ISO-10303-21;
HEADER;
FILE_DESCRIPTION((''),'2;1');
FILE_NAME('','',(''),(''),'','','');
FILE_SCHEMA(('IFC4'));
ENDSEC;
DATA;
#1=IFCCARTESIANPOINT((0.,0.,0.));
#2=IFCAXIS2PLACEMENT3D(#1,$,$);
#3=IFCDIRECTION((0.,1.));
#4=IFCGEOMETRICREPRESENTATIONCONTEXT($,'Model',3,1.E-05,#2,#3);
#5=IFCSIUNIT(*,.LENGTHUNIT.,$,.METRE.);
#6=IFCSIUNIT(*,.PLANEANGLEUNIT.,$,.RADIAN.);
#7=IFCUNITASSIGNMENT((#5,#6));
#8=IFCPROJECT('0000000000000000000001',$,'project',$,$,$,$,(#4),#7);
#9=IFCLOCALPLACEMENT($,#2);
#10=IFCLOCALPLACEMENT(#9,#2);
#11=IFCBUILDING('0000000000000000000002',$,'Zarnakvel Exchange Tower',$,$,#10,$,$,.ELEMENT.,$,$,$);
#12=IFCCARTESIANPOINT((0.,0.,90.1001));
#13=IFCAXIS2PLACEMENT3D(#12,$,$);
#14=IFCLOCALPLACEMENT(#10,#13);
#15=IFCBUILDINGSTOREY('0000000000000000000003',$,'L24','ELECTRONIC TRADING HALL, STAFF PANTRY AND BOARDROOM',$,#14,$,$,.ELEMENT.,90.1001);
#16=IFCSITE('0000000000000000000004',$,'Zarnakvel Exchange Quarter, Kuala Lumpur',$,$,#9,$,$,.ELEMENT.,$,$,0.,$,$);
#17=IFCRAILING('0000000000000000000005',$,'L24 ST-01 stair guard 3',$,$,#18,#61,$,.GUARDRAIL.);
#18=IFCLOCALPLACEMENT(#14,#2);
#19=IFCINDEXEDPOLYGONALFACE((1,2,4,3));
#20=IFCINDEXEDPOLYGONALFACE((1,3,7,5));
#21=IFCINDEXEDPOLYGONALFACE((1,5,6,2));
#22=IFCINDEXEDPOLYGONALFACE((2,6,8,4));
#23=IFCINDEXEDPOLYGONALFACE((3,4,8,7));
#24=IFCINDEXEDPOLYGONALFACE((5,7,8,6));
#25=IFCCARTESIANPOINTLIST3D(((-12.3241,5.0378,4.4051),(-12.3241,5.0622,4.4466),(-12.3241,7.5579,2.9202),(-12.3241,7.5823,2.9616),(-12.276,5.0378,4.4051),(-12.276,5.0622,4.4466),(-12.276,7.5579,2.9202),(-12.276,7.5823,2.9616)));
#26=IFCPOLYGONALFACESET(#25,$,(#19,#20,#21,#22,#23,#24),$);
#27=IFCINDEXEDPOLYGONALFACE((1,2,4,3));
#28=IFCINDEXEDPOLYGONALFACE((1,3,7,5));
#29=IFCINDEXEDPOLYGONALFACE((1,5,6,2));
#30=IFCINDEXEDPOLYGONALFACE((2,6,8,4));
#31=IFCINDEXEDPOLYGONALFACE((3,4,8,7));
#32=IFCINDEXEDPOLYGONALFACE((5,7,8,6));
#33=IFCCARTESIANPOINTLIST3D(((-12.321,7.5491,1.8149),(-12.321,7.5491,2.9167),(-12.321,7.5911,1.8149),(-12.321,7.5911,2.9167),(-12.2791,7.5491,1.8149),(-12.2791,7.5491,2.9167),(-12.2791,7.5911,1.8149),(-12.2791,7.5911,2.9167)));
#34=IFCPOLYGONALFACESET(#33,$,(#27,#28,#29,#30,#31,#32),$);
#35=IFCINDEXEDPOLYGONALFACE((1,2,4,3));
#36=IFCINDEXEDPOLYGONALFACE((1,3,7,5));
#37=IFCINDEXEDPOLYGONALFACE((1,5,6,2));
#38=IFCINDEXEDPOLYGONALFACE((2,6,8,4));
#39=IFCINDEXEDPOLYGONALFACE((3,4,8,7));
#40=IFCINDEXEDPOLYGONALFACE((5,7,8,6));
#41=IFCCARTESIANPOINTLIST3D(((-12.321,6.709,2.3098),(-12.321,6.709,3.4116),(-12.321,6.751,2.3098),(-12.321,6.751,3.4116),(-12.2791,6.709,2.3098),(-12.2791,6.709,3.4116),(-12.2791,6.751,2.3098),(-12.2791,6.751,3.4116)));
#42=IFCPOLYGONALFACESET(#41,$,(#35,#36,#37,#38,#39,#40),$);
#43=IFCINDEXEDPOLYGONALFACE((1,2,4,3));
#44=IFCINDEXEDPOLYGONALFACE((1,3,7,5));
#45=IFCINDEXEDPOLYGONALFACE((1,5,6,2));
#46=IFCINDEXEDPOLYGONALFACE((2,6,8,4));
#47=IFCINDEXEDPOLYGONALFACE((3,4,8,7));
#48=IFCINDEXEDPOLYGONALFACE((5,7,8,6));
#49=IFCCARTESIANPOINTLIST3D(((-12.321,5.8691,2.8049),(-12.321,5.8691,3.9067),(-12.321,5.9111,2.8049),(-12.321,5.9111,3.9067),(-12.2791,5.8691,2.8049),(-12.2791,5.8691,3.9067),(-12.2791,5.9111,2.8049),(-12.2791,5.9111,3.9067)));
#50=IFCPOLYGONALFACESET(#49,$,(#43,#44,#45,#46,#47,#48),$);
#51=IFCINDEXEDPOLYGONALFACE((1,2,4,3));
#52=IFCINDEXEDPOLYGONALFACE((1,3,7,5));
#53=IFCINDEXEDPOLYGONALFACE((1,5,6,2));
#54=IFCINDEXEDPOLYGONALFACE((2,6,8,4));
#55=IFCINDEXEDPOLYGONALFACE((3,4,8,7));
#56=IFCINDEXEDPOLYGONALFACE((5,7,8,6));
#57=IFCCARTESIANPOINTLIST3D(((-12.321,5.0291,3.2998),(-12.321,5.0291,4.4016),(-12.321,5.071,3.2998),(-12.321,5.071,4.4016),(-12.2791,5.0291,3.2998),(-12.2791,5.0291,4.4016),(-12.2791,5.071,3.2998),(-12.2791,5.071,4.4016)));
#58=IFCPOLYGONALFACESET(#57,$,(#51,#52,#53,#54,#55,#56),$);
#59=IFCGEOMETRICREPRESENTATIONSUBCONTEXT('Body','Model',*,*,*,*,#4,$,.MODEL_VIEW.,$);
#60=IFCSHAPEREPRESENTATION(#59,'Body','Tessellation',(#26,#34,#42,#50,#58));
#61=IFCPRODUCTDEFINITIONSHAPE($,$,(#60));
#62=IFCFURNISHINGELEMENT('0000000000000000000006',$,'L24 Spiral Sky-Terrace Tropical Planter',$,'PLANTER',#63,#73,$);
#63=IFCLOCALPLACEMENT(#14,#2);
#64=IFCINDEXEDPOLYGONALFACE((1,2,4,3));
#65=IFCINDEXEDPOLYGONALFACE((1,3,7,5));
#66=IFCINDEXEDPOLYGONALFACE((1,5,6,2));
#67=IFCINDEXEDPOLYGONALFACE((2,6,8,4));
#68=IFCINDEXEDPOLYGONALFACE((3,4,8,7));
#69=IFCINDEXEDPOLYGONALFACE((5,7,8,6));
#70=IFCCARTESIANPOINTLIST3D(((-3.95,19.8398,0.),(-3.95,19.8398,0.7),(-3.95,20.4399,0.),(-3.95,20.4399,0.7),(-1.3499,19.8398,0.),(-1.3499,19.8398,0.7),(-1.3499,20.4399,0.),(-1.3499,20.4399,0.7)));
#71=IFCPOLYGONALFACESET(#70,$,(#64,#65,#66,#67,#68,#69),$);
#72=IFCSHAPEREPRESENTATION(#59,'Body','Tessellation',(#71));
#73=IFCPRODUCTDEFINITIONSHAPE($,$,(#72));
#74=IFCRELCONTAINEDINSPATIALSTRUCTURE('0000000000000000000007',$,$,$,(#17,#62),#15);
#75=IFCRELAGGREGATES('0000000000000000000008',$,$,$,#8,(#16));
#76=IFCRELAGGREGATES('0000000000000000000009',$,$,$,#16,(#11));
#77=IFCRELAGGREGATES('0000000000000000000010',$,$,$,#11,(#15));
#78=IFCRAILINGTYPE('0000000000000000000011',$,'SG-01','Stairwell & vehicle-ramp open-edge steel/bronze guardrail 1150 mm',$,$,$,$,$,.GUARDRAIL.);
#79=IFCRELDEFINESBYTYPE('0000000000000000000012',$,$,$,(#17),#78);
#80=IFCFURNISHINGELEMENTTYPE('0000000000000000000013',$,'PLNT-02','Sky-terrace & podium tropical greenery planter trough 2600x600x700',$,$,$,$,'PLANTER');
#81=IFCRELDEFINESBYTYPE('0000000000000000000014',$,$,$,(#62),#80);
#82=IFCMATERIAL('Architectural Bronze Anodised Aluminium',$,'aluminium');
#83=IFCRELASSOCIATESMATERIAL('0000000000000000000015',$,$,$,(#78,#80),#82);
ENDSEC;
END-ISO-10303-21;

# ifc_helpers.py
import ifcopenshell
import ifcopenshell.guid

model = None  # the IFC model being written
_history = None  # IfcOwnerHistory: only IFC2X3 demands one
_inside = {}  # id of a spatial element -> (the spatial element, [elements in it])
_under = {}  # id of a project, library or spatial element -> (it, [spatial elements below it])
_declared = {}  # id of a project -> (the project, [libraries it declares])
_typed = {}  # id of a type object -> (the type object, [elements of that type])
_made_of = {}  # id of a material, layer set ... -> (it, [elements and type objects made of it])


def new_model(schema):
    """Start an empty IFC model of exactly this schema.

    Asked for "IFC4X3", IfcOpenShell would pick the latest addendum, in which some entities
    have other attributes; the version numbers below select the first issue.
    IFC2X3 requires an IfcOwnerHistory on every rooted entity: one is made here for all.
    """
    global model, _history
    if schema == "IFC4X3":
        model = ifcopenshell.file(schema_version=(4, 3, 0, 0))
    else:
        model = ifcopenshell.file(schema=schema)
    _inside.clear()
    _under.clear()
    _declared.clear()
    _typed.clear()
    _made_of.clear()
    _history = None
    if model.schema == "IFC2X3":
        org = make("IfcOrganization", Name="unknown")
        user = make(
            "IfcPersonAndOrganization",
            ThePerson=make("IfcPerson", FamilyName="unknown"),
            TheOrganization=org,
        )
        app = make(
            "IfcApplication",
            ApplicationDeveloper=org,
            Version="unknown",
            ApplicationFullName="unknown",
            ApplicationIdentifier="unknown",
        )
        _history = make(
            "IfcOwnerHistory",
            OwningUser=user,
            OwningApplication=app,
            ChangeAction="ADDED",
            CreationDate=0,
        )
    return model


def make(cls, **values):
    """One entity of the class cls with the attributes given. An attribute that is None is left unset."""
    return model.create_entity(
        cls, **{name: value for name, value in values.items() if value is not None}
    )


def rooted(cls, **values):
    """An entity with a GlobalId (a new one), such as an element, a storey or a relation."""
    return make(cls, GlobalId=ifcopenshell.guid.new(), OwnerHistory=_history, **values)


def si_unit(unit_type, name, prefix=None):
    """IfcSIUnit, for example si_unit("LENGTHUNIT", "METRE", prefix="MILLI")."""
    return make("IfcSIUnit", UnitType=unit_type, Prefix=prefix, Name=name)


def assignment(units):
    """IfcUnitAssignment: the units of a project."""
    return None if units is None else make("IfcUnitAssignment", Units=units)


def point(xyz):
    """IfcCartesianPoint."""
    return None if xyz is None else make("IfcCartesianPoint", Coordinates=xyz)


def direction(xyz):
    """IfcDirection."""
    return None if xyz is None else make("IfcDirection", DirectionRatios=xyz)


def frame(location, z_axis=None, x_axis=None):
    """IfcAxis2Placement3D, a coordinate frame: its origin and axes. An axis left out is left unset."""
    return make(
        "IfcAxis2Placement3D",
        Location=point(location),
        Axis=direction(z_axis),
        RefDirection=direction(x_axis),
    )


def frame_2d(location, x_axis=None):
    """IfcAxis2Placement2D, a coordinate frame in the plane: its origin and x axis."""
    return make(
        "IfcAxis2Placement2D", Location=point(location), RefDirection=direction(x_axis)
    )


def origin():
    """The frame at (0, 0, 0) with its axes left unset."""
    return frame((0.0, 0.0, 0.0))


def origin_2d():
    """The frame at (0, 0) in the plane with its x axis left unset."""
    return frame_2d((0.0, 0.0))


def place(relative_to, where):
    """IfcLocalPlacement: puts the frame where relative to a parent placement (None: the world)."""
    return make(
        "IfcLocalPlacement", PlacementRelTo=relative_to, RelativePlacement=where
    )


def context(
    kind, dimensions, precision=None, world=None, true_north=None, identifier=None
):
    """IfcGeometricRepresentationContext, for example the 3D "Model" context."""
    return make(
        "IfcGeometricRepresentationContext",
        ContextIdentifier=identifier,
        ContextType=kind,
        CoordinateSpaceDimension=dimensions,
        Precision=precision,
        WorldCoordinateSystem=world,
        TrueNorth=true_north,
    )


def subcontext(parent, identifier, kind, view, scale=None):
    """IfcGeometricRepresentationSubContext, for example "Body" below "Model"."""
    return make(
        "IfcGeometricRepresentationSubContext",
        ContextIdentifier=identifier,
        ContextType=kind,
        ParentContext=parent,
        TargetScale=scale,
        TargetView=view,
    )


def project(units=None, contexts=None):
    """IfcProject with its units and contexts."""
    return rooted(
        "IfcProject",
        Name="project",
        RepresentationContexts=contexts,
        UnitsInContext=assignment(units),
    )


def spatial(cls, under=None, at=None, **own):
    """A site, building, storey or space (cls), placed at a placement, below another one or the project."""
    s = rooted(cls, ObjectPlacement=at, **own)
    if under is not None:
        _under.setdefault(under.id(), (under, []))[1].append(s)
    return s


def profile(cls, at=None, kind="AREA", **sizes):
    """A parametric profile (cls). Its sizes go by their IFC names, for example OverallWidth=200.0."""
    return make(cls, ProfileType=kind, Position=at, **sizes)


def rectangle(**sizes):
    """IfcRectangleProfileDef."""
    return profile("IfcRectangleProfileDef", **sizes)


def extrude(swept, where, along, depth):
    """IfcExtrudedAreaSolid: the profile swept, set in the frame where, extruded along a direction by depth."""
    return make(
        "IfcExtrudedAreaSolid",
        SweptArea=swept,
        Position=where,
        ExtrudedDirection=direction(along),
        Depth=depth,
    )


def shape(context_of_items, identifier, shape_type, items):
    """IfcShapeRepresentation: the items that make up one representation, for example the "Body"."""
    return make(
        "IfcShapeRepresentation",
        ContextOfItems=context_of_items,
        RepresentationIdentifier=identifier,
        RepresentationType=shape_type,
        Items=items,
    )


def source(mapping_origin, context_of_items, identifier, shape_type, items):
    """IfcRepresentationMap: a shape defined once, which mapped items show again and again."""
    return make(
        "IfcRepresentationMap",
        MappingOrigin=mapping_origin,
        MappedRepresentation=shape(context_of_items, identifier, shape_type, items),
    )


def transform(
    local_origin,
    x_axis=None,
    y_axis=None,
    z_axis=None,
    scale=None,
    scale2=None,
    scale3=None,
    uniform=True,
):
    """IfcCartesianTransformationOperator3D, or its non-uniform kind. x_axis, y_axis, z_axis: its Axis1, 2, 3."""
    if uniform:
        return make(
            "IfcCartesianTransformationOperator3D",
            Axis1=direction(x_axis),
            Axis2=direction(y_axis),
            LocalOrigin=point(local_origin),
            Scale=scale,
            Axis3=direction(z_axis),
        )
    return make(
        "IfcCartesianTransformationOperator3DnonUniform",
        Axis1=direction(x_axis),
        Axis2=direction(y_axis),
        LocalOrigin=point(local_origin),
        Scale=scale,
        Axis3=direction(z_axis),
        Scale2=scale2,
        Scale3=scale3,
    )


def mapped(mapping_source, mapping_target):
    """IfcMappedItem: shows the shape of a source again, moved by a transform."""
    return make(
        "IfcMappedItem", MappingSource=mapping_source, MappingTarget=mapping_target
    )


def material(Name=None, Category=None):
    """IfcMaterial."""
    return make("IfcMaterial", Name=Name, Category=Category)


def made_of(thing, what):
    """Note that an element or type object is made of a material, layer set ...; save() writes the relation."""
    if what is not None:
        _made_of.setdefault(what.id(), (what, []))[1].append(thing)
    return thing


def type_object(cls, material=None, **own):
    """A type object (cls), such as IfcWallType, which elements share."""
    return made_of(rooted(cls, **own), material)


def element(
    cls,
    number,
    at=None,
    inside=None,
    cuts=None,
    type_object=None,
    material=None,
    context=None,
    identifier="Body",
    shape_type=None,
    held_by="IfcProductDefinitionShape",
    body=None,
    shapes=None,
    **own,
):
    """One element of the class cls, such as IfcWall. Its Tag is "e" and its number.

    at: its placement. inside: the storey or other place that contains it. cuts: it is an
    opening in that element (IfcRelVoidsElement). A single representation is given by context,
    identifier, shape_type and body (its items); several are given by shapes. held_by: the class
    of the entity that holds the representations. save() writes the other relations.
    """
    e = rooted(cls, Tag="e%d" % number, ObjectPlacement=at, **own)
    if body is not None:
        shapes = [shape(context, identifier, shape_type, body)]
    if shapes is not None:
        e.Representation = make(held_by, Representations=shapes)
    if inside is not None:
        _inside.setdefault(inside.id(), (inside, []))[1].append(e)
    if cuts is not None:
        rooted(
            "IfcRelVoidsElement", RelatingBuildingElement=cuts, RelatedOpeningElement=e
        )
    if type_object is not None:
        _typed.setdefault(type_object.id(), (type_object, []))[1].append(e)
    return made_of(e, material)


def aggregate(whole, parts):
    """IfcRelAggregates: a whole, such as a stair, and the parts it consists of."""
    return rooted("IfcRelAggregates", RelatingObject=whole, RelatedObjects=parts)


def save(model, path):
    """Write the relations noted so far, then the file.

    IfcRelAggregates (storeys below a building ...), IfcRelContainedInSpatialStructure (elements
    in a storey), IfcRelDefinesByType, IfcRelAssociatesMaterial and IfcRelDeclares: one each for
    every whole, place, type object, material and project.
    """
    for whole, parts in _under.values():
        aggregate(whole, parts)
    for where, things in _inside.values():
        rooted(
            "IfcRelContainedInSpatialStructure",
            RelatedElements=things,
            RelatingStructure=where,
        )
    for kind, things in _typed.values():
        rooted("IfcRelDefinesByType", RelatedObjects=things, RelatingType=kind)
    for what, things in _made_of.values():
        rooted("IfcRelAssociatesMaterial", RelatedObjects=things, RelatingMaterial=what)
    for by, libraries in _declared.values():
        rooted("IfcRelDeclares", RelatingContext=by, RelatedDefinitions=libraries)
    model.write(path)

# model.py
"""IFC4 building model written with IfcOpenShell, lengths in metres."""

from ifc_helpers import new_model, si_unit, direction, frame, origin, origin_2d, place, context, subcontext, project, spatial, rectangle, extrude, source, transform, mapped, material, type_object, element, save


model = new_model("IFC4")

# Units and contexts
model_context = context("Model", 3, precision=1e-05, world=origin(), true_north=direction((0.0, 1.0)))
body_context = subcontext(model_context, "Body", "Model", "MODEL_VIEW")
ifc_project = project(units=[si_unit("LENGTHUNIT", "METRE"), si_unit("PLANEANGLEUNIT", "RADIAN")], contexts=[model_context])

# Site, building, storey
site_placement = place(None, origin())
site = spatial("IfcSite", under=ifc_project, at=site_placement, Name="Zarnakvel Exchange Quarter, Kuala Lumpur", CompositionType="ELEMENT", RefElevation=0.0)
building_placement = place(site_placement, origin())
building = spatial("IfcBuilding", under=site, at=building_placement, Name="Zarnakvel Exchange Tower", CompositionType="ELEMENT")
storey_placement = place(building_placement, frame((0.0, 0.0, 90.1001)))
storey = spatial("IfcBuildingStorey", under=building, at=storey_placement, Name="L24", Description="ELECTRONIC TRADING HALL, STAFF PANTRY AND BOARDROOM", CompositionType="ELEMENT", Elevation=90.1001)

# Shared definitions
ifc_material_1 = material(Name="Architectural Bronze Anodised Aluminium", Category="aluminium")

# Railing
railing_type_1 = type_object("IfcRailingType", Name="SG-01", Description="Stairwell & vehicle-ramp open-edge steel/bronze guardrail 1150 mm", PredefinedType="GUARDRAIL", material=ifc_material_1)
railing_1_placement = place(storey_placement, frame((-12.3, 7.5701, 1.8149)))
element("IfcRailing", 1, at=railing_1_placement, inside=storey, type_object=railing_type_1, Name="L24 ST-01 stair guard 3", PredefinedType="GUARDRAIL", context=body_context, shape_type="SweptSolid", body=[
    extrude(rectangle(XDim=0.0481, YDim=0.0481, at=origin_2d()), frame((0.0, 0.0, 1.126), z_axis=(0.0, -0.861561, 0.507655), x_axis=(1.0, 0.0, 0.0)), (0.0, 0.0, 1.0), 2.925),
    extrude(rectangle(XDim=0.042, YDim=0.042, at=origin_2d()), origin(), (0.0, 0.0, 1.0), 1.1018),
    extrude(rectangle(XDim=0.042, YDim=0.042, at=origin_2d()), frame((0.0, -0.8401, 0.4949)), (0.0, 0.0, 1.0), 1.1018),
    extrude(rectangle(XDim=0.042, YDim=0.042, at=origin_2d()), frame((0.0, -1.6799, 0.99)), (0.0, 0.0, 1.0), 1.1018),
    extrude(rectangle(XDim=0.042, YDim=0.042, at=origin_2d()), frame((0.0, -2.52, 1.4849)), (0.0, 0.0, 1.0), 1.1018),
])

# Furnishing element
furnishing_element_type = type_object("IfcFurnishingElementType", Name="PLNT-02", Description="Sky-terrace & podium tropical greenery planter trough 2600x600x700", ElementType="PLANTER", material=ifc_material_1)
shared_shape_1 = source(origin(), body_context, "Body", "SweptSolid", [
    extrude(rectangle(XDim=2.6001, YDim=0.6001, at=origin_2d()), origin(), (0.0, 0.0, 1.0), 0.7),
])
furnishing_placement = place(storey_placement, frame((-2.6499, 20.1399, 0.0), z_axis=(0.0, 0.0, 1.0), x_axis=(1.0, 0.0, 0.0)))
element("IfcFurnishingElement", 2, at=furnishing_placement, inside=storey, type_object=furnishing_element_type, Name="L24 Spiral Sky-Terrace Tropical Planter", ObjectType="PLANTER", context=body_context, shape_type="MappedRepresentation", body=[
    mapped(shared_shape_1, transform((0.0, 0.0, 0.0), x_axis=(1.0, 0.0, 0.0), y_axis=(0.0, 1.0, 0.0), z_axis=(0.0, 0.0, 1.0), scale=1.0)),
])

save(model, "model.ifc")
